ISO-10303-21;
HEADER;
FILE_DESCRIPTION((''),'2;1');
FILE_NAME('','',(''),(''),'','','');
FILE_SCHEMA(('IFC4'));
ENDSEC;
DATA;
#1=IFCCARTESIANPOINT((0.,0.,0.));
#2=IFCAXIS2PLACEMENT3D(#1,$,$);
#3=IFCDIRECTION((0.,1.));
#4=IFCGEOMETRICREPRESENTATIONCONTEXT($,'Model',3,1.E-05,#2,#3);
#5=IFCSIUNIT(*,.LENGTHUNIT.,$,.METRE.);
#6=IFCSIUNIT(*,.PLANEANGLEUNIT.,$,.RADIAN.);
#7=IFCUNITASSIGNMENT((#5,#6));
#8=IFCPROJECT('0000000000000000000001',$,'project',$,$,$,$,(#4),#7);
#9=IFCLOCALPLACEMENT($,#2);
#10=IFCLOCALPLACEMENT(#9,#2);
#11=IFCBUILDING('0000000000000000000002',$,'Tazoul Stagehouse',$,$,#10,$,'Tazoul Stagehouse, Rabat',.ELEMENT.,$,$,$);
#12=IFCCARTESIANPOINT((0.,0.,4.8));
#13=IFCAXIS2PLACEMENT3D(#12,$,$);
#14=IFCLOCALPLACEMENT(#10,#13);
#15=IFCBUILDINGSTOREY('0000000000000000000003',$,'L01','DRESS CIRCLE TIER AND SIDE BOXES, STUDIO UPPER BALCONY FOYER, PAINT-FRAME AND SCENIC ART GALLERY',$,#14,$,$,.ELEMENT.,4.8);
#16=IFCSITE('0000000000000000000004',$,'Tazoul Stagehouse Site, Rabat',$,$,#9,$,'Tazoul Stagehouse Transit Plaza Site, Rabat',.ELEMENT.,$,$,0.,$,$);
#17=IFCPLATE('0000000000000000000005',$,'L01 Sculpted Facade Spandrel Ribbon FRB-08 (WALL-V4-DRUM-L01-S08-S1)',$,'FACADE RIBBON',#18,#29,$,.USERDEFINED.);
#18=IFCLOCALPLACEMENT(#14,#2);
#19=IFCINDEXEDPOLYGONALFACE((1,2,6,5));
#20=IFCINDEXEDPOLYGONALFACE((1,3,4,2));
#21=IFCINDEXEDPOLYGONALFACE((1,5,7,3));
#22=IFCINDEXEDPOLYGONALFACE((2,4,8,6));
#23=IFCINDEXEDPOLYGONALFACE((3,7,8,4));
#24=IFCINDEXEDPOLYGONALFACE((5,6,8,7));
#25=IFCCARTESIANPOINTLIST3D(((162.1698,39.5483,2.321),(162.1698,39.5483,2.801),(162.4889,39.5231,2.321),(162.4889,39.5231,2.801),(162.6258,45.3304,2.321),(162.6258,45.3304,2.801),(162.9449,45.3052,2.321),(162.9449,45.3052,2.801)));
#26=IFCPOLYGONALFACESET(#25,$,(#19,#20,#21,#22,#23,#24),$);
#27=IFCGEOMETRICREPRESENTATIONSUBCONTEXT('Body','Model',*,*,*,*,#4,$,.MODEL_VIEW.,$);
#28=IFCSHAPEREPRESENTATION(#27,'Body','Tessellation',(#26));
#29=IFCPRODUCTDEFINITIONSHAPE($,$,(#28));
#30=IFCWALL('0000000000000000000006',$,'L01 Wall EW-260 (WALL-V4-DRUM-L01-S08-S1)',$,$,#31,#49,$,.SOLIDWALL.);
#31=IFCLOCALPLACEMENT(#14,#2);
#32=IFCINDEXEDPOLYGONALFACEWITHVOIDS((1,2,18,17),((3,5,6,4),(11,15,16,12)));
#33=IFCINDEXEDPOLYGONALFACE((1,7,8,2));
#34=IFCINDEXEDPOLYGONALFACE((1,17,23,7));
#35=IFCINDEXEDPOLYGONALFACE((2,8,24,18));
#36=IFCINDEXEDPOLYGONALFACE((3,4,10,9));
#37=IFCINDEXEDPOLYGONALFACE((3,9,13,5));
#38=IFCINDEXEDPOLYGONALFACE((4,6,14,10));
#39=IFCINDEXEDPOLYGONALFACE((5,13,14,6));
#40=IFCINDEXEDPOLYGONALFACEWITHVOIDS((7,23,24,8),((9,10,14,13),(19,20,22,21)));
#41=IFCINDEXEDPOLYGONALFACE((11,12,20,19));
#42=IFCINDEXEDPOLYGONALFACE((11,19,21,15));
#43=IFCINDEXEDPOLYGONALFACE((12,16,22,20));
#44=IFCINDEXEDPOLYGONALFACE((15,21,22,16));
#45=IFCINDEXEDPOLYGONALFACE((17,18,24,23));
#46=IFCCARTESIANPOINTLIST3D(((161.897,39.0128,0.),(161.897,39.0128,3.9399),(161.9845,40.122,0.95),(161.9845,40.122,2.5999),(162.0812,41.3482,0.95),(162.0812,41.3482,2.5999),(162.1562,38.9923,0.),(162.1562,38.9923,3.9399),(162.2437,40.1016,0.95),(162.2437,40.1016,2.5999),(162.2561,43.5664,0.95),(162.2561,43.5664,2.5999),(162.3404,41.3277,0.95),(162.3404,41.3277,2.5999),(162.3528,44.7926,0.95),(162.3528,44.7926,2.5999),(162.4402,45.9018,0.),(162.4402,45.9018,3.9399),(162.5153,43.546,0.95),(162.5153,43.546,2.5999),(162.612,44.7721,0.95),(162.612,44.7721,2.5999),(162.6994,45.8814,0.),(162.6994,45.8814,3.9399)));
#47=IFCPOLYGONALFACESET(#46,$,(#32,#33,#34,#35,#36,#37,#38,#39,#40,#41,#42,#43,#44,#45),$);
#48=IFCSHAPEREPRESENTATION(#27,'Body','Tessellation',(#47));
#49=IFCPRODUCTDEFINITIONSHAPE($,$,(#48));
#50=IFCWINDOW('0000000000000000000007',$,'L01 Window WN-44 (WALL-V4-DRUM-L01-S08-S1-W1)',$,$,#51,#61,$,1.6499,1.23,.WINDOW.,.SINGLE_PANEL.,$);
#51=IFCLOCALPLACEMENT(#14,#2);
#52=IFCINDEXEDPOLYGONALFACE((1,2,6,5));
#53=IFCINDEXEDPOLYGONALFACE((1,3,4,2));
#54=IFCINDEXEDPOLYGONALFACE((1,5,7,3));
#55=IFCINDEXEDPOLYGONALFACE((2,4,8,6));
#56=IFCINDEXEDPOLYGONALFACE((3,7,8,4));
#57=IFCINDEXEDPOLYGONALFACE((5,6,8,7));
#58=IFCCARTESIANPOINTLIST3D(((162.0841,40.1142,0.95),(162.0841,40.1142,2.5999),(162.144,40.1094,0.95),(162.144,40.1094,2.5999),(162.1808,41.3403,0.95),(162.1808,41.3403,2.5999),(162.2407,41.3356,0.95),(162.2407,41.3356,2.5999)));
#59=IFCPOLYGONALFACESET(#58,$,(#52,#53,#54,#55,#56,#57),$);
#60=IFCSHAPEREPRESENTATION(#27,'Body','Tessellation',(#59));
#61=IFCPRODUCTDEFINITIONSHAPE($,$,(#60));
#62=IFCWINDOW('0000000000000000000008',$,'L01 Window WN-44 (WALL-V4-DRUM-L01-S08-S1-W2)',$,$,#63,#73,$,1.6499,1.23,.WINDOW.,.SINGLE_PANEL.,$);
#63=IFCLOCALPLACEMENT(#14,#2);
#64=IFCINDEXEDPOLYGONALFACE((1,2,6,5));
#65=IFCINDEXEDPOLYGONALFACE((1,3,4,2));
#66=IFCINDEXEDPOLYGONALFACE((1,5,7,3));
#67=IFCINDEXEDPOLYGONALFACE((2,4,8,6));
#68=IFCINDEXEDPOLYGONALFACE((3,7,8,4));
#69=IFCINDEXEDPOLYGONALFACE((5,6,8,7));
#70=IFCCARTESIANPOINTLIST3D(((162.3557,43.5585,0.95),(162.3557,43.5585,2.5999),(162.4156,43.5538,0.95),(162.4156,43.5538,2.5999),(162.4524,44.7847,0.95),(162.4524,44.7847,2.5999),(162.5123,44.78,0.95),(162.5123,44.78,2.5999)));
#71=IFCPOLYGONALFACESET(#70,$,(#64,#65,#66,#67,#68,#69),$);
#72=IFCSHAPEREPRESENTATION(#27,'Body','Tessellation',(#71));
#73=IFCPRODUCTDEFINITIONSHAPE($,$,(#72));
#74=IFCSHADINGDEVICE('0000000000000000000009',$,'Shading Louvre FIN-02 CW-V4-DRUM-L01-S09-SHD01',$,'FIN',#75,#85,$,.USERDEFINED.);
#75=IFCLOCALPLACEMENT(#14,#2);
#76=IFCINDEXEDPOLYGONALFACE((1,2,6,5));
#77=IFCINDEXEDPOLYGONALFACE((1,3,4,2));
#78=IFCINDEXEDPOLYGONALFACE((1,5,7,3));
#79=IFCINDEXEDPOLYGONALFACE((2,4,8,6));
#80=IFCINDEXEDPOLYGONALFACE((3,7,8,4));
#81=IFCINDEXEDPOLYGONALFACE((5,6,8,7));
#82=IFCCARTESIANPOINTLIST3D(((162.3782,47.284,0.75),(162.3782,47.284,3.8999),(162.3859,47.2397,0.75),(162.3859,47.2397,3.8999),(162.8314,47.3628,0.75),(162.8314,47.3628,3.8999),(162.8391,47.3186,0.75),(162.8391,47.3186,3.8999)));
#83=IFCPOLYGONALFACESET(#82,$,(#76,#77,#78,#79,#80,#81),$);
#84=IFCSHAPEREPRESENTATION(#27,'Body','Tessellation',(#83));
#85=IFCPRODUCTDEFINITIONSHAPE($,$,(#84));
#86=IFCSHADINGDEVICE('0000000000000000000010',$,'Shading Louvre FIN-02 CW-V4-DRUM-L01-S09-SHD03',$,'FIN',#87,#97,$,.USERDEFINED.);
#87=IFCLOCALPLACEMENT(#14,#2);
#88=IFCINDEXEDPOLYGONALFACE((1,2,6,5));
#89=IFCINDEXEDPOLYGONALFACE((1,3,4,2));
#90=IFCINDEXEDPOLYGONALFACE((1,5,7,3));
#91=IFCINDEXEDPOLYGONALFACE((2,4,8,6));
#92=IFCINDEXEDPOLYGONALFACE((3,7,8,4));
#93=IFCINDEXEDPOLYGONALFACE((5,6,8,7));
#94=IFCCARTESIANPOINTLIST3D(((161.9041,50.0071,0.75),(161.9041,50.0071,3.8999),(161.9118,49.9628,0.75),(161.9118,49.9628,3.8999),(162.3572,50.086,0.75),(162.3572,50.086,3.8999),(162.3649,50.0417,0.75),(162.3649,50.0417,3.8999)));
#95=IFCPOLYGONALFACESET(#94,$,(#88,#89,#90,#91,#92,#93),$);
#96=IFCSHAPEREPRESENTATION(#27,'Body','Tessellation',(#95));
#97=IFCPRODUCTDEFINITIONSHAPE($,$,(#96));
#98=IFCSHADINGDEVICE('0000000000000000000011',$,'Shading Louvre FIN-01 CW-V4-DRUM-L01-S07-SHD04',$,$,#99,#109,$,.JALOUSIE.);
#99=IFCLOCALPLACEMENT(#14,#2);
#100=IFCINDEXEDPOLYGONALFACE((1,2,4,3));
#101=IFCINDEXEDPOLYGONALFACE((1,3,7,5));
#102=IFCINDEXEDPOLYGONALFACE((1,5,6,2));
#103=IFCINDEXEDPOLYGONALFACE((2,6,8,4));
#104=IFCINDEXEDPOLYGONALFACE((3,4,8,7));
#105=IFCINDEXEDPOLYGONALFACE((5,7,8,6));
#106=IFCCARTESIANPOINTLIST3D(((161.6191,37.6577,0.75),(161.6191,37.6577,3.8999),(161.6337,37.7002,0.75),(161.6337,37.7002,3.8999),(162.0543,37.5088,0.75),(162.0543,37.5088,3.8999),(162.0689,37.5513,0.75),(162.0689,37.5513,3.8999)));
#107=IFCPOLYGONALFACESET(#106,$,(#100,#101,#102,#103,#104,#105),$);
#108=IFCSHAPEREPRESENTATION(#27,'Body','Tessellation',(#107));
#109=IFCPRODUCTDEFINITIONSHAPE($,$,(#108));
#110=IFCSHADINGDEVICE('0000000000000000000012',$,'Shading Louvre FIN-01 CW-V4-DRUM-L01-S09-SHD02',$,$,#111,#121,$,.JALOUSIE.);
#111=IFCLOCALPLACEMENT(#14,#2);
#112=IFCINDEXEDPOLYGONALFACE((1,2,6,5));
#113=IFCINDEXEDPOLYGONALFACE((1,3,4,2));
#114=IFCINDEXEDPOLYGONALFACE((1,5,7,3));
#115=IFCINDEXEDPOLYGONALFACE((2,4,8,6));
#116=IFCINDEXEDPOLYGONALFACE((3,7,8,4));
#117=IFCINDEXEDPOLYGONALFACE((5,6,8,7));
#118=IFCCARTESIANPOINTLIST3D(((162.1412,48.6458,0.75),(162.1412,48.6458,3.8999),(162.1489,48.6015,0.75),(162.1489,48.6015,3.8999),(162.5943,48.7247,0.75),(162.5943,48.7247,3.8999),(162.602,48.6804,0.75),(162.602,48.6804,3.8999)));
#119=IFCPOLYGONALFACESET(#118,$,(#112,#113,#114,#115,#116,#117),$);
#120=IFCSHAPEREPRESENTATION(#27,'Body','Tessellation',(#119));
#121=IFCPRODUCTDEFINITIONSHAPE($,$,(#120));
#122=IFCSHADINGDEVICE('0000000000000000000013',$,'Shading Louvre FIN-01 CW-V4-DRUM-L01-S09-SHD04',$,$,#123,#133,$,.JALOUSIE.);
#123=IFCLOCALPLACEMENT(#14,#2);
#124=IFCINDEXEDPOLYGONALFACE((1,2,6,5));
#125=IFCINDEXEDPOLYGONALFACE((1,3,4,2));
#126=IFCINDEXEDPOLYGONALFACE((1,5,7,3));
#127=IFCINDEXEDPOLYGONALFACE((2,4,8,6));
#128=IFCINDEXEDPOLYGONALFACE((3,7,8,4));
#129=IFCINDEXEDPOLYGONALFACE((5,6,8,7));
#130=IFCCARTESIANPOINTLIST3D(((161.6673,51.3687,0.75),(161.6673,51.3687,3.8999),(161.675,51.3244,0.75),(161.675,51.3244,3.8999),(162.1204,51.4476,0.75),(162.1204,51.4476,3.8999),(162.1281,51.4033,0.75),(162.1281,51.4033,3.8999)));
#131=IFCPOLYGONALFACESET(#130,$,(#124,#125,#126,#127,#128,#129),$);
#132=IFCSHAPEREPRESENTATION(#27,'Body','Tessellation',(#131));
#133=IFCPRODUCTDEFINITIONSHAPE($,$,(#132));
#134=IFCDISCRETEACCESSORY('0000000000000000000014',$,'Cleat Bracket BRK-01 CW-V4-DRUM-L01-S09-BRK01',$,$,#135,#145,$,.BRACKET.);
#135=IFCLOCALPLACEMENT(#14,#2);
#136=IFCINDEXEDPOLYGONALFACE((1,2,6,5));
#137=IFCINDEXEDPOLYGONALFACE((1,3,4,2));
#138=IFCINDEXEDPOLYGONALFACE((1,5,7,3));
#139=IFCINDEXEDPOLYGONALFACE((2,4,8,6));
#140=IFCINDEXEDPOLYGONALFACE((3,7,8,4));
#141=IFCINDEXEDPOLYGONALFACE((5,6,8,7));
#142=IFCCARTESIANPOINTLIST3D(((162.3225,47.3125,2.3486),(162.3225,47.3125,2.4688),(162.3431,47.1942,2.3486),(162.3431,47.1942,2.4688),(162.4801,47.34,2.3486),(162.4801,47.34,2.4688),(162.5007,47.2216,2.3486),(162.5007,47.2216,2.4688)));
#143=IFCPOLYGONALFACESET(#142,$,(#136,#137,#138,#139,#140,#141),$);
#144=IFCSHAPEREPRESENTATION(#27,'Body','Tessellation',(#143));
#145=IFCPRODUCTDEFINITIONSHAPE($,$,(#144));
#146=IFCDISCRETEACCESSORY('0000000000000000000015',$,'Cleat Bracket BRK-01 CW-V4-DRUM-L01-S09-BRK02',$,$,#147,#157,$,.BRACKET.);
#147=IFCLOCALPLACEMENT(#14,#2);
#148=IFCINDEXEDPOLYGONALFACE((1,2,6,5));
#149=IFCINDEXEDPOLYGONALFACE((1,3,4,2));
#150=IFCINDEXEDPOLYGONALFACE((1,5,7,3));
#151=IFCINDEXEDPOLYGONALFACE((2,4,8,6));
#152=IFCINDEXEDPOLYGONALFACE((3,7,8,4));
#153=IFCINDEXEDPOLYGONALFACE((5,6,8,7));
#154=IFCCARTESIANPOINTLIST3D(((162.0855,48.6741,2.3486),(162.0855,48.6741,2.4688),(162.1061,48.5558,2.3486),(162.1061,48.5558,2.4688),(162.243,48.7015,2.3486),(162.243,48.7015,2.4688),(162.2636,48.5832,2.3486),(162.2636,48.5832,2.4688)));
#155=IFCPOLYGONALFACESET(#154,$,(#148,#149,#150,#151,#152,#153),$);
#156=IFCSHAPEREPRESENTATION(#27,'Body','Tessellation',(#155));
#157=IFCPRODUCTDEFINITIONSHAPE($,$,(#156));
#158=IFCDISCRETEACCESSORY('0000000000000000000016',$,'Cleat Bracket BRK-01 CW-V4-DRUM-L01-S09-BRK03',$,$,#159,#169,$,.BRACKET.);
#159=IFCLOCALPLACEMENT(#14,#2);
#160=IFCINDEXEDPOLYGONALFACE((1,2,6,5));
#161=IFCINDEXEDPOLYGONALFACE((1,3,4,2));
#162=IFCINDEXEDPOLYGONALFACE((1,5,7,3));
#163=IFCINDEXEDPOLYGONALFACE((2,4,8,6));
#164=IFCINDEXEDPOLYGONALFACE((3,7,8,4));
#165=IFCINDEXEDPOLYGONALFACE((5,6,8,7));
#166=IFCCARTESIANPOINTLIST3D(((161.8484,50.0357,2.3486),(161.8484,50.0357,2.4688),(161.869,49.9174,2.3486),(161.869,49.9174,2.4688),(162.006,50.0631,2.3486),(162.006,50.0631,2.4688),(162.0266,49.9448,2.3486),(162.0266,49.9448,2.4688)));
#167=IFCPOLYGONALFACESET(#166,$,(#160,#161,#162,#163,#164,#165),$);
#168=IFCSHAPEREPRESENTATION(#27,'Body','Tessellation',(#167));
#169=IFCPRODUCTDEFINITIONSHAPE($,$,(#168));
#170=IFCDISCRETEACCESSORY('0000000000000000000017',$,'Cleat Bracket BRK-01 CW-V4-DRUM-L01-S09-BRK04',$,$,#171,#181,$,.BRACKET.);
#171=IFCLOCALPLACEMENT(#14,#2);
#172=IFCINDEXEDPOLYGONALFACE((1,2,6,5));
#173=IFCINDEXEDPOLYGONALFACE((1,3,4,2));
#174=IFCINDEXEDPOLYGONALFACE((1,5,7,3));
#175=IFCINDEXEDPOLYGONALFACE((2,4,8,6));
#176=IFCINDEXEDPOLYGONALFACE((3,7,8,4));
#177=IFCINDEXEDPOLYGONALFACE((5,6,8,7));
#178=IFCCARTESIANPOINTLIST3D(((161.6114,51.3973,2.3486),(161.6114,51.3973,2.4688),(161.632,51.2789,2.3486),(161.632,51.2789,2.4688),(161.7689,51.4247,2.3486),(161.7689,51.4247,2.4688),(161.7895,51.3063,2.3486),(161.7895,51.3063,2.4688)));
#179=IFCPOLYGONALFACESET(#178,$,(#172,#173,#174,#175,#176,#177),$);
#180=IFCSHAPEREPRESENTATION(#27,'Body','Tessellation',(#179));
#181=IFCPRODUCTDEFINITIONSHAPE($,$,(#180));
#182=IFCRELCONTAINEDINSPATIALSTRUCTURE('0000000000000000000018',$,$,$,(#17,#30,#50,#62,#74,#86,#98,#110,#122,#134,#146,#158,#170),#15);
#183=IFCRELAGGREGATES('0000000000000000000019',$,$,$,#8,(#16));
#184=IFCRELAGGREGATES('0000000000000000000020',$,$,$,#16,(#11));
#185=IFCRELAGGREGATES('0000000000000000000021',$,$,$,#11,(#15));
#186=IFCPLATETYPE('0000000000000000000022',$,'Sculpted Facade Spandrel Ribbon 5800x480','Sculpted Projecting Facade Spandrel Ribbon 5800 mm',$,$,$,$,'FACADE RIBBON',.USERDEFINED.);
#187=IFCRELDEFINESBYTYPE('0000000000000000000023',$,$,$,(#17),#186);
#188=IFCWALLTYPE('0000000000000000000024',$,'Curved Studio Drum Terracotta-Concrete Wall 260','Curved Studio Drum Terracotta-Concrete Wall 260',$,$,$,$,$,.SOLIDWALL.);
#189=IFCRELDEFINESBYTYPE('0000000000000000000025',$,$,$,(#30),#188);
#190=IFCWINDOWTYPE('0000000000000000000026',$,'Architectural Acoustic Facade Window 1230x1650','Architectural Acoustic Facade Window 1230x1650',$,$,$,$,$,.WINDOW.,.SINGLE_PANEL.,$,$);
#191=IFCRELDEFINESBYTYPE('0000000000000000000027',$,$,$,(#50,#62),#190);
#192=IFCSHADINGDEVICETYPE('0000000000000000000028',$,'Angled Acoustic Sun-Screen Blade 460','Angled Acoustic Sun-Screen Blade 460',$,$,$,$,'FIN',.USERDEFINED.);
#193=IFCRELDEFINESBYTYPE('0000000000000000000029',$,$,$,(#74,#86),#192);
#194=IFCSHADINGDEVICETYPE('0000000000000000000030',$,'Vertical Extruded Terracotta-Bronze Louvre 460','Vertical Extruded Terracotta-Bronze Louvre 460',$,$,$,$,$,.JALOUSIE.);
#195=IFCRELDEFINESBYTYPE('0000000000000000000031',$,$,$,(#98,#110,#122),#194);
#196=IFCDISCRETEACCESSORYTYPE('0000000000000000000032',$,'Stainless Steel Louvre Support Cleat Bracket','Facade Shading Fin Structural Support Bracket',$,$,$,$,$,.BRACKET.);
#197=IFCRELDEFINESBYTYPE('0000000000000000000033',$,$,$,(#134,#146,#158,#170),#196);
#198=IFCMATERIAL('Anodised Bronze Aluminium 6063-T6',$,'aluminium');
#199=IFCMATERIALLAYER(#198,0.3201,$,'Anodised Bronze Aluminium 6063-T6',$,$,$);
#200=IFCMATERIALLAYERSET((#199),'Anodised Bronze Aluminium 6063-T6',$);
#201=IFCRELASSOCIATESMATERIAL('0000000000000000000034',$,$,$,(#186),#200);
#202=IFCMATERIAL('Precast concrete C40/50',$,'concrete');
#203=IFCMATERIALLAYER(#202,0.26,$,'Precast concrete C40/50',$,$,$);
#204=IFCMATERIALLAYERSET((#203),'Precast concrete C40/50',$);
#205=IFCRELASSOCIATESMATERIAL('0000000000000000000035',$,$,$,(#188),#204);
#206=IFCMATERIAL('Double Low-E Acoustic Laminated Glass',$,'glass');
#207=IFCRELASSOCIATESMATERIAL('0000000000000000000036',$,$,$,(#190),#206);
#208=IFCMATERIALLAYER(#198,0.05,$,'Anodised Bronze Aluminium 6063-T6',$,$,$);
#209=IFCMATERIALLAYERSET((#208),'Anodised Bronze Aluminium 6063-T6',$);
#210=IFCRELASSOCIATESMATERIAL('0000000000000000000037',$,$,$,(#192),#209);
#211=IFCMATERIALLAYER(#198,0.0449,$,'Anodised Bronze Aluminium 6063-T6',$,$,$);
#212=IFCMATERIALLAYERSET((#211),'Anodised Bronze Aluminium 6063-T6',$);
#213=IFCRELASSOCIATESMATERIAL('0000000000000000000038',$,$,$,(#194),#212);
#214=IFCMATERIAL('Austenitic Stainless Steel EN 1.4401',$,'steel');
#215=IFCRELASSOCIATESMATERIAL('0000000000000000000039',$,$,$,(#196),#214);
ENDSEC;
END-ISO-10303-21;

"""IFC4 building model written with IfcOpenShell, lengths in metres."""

from ifc_helpers import new_model, si_unit, direction, frame, frame_2d, origin, origin_2d, place, context, subcontext, project, spatial, rectangle, extrude, material, layer, layer_set, type_object, element, fill, save


model = new_model("IFC4")

# Units and contexts
model_context = context("Model", 3, precision=1e-05, world=origin(), true_north=direction((0.0, 1.0)))
body_context = subcontext(model_context, "Body", "Model", "MODEL_VIEW")
ifc_project = project(units=[si_unit("LENGTHUNIT", "METRE"), si_unit("PLANEANGLEUNIT", "RADIAN")], contexts=[model_context])

# Site, building, storey
site_placement = place(None, origin())
site = spatial("IfcSite", under=ifc_project, at=site_placement, Name="Tazoul Stagehouse Site, Rabat", LongName="Tazoul Stagehouse Transit Plaza Site, Rabat", CompositionType="ELEMENT", RefElevation=0.0)
building_placement = place(site_placement, origin())
building = spatial("IfcBuilding", under=site, at=building_placement, Name="Tazoul Stagehouse", LongName="Tazoul Stagehouse, Rabat", CompositionType="ELEMENT")
storey_placement = place(building_placement, frame((0.0, 0.0, 4.8)))
storey = spatial("IfcBuildingStorey", under=building, at=storey_placement, Name="L01", Description="DRESS CIRCLE TIER AND SIDE BOXES, STUDIO UPPER BALCONY FOYER, PAINT-FRAME AND SCENIC ART GALLERY", CompositionType="ELEMENT", Elevation=4.8)

# Plate
ifc_material_1 = material(Name="Anodised Bronze Aluminium 6063-T6", Category="aluminium")
ifc_layer_1 = layer(ifc_material_1, 0.3201, Name="Anodised Bronze Aluminium 6063-T6")
ifc_layer_set_1 = layer_set([ifc_layer_1], Name="Anodised Bronze Aluminium 6063-T6")
plate_type_1 = type_object("IfcPlateType", Name="Sculpted Facade Spandrel Ribbon 5800x480", Description="Sculpted Projecting Facade Spandrel Ribbon 5800 mm", ElementType="FACADE RIBBON", PredefinedType="USERDEFINED", material=ifc_layer_set_1)
plate_placement = place(storey_placement, frame((162.5574, 42.4268, 2.321), z_axis=(0.0, 0.0, 1.0), x_axis=(0.078623, 0.996904, 0.0)))
element("IfcPlate", 1, at=plate_placement, inside=storey, type_object=plate_type_1, Name="L01 Sculpted Facade Spandrel Ribbon FRB-08 (WALL-V4-DRUM-L01-S08-S1)", ObjectType="FACADE RIBBON", PredefinedType="USERDEFINED", context=body_context, shape_type="SweptSolid", body=[
    extrude(rectangle(XDim=5.8, YDim=0.3201, at=origin_2d()), origin(), (0.0, 0.0, 1.0), 0.48),
])

# Wall, openings, windows
ifc_material_2 = material(Name="Precast concrete C40/50", Category="concrete")
ifc_layer_2 = layer(ifc_material_2, 0.26, Name="Precast concrete C40/50")
ifc_layer_set_2 = layer_set([ifc_layer_2], Name="Precast concrete C40/50")
wall_type = type_object("IfcWallType", Name="Curved Studio Drum Terracotta-Concrete Wall 260", Description="Curved Studio Drum Terracotta-Concrete Wall 260", PredefinedType="SOLIDWALL", material=ifc_layer_set_2)
wall_placement = place(storey_placement, frame((162.0266, 39.0027, 0.0), z_axis=(0.0, 0.0, 1.0), x_axis=(0.078609, 0.996906, 0.0)))
wall = element("IfcWall", 2, at=wall_placement, inside=storey, type_object=wall_type, Name="L01 Wall EW-260 (WALL-V4-DRUM-L01-S08-S1)", PredefinedType="SOLIDWALL", context=body_context, shape_type="SweptSolid", body=[
    extrude(rectangle(XDim=6.9104, YDim=0.26, at=frame_2d((3.4551, 0.0))), origin(), (0.0, 0.0, 1.0), 3.9399),
])
opening_1_placement = place(wall_placement, frame((1.1125, 0.0, 0.95)))
opening_1 = element("IfcOpeningElement", 3, at=opening_1_placement, cuts=wall, PredefinedType="OPENING", context=body_context, shape_type="SweptSolid", body=[
    extrude(rectangle(XDim=1.23, YDim=1.6499, at=frame_2d((0.615, 0.825))), frame((0.0, 0.1499, 0.0), z_axis=(0.0, -1.0, 0.0), x_axis=(1.0, 0.0, 0.0)), (0.0, 0.0, 1.0), 0.3),
])
opening_2_placement = place(wall_placement, frame((4.5676, 0.0, 0.95)))
opening_2 = element("IfcOpeningElement", 4, at=opening_2_placement, cuts=wall, PredefinedType="OPENING", context=body_context, shape_type="SweptSolid", body=[
    extrude(rectangle(XDim=1.23, YDim=1.6499, at=frame_2d((0.615, 0.825))), frame((0.0, 0.1499, 0.0), z_axis=(0.0, -1.0, 0.0), x_axis=(1.0, 0.0, 0.0)), (0.0, 0.0, 1.0), 0.3),
])
ifc_material_3 = material(Name="Double Low-E Acoustic Laminated Glass", Category="glass")
window_type = type_object("IfcWindowType", Name="Architectural Acoustic Facade Window 1230x1650", Description="Architectural Acoustic Facade Window 1230x1650", PartitioningType="SINGLE_PANEL", PredefinedType="WINDOW", material=ifc_material_3)
window_1_placement = place(opening_1_placement, origin())
window_1 = element("IfcWindow", 5, at=window_1_placement, inside=storey, type_object=window_type, Name="L01 Window WN-44 (WALL-V4-DRUM-L01-S08-S1-W1)", OverallHeight=1.6499, OverallWidth=1.23, PartitioningType="SINGLE_PANEL", PredefinedType="WINDOW", context=body_context, shape_type="SweptSolid", body=[
    extrude(rectangle(XDim=1.23, YDim=1.6499, at=frame_2d((0.615, 0.825))), frame((0.0, 0.03, 0.0), z_axis=(0.0, -1.0, 0.0), x_axis=(1.0, 0.0, 0.0)), (0.0, 0.0, 1.0), 0.0601),
])
fill(opening_1, window_1)
window_2_placement = place(opening_2_placement, origin())
window_2 = element("IfcWindow", 6, at=window_2_placement, inside=storey, type_object=window_type, Name="L01 Window WN-44 (WALL-V4-DRUM-L01-S08-S1-W2)", OverallHeight=1.6499, OverallWidth=1.23, PartitioningType="SINGLE_PANEL", PredefinedType="WINDOW", context=body_context, shape_type="SweptSolid", body=[
    extrude(rectangle(XDim=1.23, YDim=1.6499, at=frame_2d((0.615, 0.825))), frame((0.0, 0.03, 0.0), z_axis=(0.0, -1.0, 0.0), x_axis=(1.0, 0.0, 0.0)), (0.0, 0.0, 1.0), 0.0601),
])
fill(opening_2, window_2)

# Shading devices
ifc_layer_3 = layer(ifc_material_1, 0.05, Name="Anodised Bronze Aluminium 6063-T6")
ifc_layer_set_3 = layer_set([ifc_layer_3], Name="Anodised Bronze Aluminium 6063-T6")
shading_device_type_1 = type_object("IfcShadingDeviceType", Name="Angled Acoustic Sun-Screen Blade 460", Description="Angled Acoustic Sun-Screen Blade 460", ElementType="FIN", PredefinedType="USERDEFINED", material=ifc_layer_set_3)
for number, where, z_axis, x_axis, name in (
    (7, (162.6086, 47.3013, 0.75), (0.0, 0.0, 1.0), (-0.171496, 0.985185, 0.0), "Shading Louvre FIN-02 CW-V4-DRUM-L01-S09-SHD01"),
    (8, (162.1345, 50.0244, 0.75), (0.0, 0.0, 1.0), (-0.171496, 0.985185, 0.0), "Shading Louvre FIN-02 CW-V4-DRUM-L01-S09-SHD03"),
):
    element("IfcShadingDevice", number, at=place(storey_placement, frame(where, z_axis=z_axis, x_axis=x_axis)), inside=storey, type_object=shading_device_type_1, Name=name, ObjectType="FIN", PredefinedType="USERDEFINED", context=body_context, shape_type="SweptSolid", body=[
        extrude(rectangle(XDim=0.0449, YDim=0.46, at=origin_2d()), origin(), (0.0, 0.0, 1.0), 3.1499),
    ])
ifc_layer_4 = layer(ifc_material_1, 0.0449, Name="Anodised Bronze Aluminium 6063-T6")
ifc_layer_set_4 = layer_set([ifc_layer_4], Name="Anodised Bronze Aluminium 6063-T6")
shading_device_type_2 = type_object("IfcShadingDeviceType", Name="Vertical Extruded Terracotta-Bronze Louvre 460", Description="Vertical Extruded Terracotta-Bronze Louvre 460", PredefinedType="JALOUSIE", material=ifc_layer_set_4)
for number, where, z_axis, x_axis, name in (
    (9, (161.844, 37.6045, 0.75), (0.0, 0.0, 1.0), (0.323785, 0.946131, 0.0), "Shading Louvre FIN-01 CW-V4-DRUM-L01-S07-SHD04"),
    (10, (162.3716, 48.6631, 0.75), (0.0, 0.0, 1.0), (-0.171496, 0.985185, 0.0), "Shading Louvre FIN-01 CW-V4-DRUM-L01-S09-SHD02"),
    (11, (161.8977, 51.386, 0.75), (0.0, 0.0, 1.0), (-0.171496, 0.985185, 0.0), "Shading Louvre FIN-01 CW-V4-DRUM-L01-S09-SHD04"),
):
    element("IfcShadingDevice", number, at=place(storey_placement, frame(where, z_axis=z_axis, x_axis=x_axis)), inside=storey, type_object=shading_device_type_2, Name=name, PredefinedType="JALOUSIE", context=body_context, shape_type="SweptSolid", body=[
        extrude(rectangle(XDim=0.0449, YDim=0.46, at=origin_2d()), origin(), (0.0, 0.0, 1.0), 3.1499),
    ])

# Discrete accessories
ifc_material_4 = material(Name="Austenitic Stainless Steel EN 1.4401", Category="steel")
discrete_accessory_type = type_object("IfcDiscreteAccessoryType", Name="Stainless Steel Louvre Support Cleat Bracket", Description="Facade Shading Fin Structural Support Bracket", PredefinedType="BRACKET", material=ifc_material_4)
for number, where, z_axis, x_axis, name in (
    (12, (162.4116, 47.2671, 2.3486), (0.0, 0.0, 1.0), (-0.171496, 0.985185, 0.0), "Cleat Bracket BRK-01 CW-V4-DRUM-L01-S09-BRK01"),
    (13, (162.1746, 48.6287, 2.3486), (0.0, 0.0, 1.0), (-0.171496, 0.985185, 0.0), "Cleat Bracket BRK-01 CW-V4-DRUM-L01-S09-BRK02"),
    (14, (161.9375, 49.9902, 2.3486), (0.0, 0.0, 1.0), (-0.171496, 0.985185, 0.0), "Cleat Bracket BRK-01 CW-V4-DRUM-L01-S09-BRK03"),
    (15, (161.7004, 51.3518, 2.3486), (0.0, 0.0, 1.0), (-0.171496, 0.985185, 0.0), "Cleat Bracket BRK-01 CW-V4-DRUM-L01-S09-BRK04"),
):
    element("IfcDiscreteAccessory", number, at=place(storey_placement, frame(where, z_axis=z_axis, x_axis=x_axis)), inside=storey, type_object=discrete_accessory_type, Name=name, PredefinedType="BRACKET", context=body_context, shape_type="SweptSolid", body=[
        extrude(rectangle(XDim=0.1201, YDim=0.1599, at=origin_2d()), origin(), (0.0, 0.0, 1.0), 0.1201),
    ])

save(model, "model.ifc")
